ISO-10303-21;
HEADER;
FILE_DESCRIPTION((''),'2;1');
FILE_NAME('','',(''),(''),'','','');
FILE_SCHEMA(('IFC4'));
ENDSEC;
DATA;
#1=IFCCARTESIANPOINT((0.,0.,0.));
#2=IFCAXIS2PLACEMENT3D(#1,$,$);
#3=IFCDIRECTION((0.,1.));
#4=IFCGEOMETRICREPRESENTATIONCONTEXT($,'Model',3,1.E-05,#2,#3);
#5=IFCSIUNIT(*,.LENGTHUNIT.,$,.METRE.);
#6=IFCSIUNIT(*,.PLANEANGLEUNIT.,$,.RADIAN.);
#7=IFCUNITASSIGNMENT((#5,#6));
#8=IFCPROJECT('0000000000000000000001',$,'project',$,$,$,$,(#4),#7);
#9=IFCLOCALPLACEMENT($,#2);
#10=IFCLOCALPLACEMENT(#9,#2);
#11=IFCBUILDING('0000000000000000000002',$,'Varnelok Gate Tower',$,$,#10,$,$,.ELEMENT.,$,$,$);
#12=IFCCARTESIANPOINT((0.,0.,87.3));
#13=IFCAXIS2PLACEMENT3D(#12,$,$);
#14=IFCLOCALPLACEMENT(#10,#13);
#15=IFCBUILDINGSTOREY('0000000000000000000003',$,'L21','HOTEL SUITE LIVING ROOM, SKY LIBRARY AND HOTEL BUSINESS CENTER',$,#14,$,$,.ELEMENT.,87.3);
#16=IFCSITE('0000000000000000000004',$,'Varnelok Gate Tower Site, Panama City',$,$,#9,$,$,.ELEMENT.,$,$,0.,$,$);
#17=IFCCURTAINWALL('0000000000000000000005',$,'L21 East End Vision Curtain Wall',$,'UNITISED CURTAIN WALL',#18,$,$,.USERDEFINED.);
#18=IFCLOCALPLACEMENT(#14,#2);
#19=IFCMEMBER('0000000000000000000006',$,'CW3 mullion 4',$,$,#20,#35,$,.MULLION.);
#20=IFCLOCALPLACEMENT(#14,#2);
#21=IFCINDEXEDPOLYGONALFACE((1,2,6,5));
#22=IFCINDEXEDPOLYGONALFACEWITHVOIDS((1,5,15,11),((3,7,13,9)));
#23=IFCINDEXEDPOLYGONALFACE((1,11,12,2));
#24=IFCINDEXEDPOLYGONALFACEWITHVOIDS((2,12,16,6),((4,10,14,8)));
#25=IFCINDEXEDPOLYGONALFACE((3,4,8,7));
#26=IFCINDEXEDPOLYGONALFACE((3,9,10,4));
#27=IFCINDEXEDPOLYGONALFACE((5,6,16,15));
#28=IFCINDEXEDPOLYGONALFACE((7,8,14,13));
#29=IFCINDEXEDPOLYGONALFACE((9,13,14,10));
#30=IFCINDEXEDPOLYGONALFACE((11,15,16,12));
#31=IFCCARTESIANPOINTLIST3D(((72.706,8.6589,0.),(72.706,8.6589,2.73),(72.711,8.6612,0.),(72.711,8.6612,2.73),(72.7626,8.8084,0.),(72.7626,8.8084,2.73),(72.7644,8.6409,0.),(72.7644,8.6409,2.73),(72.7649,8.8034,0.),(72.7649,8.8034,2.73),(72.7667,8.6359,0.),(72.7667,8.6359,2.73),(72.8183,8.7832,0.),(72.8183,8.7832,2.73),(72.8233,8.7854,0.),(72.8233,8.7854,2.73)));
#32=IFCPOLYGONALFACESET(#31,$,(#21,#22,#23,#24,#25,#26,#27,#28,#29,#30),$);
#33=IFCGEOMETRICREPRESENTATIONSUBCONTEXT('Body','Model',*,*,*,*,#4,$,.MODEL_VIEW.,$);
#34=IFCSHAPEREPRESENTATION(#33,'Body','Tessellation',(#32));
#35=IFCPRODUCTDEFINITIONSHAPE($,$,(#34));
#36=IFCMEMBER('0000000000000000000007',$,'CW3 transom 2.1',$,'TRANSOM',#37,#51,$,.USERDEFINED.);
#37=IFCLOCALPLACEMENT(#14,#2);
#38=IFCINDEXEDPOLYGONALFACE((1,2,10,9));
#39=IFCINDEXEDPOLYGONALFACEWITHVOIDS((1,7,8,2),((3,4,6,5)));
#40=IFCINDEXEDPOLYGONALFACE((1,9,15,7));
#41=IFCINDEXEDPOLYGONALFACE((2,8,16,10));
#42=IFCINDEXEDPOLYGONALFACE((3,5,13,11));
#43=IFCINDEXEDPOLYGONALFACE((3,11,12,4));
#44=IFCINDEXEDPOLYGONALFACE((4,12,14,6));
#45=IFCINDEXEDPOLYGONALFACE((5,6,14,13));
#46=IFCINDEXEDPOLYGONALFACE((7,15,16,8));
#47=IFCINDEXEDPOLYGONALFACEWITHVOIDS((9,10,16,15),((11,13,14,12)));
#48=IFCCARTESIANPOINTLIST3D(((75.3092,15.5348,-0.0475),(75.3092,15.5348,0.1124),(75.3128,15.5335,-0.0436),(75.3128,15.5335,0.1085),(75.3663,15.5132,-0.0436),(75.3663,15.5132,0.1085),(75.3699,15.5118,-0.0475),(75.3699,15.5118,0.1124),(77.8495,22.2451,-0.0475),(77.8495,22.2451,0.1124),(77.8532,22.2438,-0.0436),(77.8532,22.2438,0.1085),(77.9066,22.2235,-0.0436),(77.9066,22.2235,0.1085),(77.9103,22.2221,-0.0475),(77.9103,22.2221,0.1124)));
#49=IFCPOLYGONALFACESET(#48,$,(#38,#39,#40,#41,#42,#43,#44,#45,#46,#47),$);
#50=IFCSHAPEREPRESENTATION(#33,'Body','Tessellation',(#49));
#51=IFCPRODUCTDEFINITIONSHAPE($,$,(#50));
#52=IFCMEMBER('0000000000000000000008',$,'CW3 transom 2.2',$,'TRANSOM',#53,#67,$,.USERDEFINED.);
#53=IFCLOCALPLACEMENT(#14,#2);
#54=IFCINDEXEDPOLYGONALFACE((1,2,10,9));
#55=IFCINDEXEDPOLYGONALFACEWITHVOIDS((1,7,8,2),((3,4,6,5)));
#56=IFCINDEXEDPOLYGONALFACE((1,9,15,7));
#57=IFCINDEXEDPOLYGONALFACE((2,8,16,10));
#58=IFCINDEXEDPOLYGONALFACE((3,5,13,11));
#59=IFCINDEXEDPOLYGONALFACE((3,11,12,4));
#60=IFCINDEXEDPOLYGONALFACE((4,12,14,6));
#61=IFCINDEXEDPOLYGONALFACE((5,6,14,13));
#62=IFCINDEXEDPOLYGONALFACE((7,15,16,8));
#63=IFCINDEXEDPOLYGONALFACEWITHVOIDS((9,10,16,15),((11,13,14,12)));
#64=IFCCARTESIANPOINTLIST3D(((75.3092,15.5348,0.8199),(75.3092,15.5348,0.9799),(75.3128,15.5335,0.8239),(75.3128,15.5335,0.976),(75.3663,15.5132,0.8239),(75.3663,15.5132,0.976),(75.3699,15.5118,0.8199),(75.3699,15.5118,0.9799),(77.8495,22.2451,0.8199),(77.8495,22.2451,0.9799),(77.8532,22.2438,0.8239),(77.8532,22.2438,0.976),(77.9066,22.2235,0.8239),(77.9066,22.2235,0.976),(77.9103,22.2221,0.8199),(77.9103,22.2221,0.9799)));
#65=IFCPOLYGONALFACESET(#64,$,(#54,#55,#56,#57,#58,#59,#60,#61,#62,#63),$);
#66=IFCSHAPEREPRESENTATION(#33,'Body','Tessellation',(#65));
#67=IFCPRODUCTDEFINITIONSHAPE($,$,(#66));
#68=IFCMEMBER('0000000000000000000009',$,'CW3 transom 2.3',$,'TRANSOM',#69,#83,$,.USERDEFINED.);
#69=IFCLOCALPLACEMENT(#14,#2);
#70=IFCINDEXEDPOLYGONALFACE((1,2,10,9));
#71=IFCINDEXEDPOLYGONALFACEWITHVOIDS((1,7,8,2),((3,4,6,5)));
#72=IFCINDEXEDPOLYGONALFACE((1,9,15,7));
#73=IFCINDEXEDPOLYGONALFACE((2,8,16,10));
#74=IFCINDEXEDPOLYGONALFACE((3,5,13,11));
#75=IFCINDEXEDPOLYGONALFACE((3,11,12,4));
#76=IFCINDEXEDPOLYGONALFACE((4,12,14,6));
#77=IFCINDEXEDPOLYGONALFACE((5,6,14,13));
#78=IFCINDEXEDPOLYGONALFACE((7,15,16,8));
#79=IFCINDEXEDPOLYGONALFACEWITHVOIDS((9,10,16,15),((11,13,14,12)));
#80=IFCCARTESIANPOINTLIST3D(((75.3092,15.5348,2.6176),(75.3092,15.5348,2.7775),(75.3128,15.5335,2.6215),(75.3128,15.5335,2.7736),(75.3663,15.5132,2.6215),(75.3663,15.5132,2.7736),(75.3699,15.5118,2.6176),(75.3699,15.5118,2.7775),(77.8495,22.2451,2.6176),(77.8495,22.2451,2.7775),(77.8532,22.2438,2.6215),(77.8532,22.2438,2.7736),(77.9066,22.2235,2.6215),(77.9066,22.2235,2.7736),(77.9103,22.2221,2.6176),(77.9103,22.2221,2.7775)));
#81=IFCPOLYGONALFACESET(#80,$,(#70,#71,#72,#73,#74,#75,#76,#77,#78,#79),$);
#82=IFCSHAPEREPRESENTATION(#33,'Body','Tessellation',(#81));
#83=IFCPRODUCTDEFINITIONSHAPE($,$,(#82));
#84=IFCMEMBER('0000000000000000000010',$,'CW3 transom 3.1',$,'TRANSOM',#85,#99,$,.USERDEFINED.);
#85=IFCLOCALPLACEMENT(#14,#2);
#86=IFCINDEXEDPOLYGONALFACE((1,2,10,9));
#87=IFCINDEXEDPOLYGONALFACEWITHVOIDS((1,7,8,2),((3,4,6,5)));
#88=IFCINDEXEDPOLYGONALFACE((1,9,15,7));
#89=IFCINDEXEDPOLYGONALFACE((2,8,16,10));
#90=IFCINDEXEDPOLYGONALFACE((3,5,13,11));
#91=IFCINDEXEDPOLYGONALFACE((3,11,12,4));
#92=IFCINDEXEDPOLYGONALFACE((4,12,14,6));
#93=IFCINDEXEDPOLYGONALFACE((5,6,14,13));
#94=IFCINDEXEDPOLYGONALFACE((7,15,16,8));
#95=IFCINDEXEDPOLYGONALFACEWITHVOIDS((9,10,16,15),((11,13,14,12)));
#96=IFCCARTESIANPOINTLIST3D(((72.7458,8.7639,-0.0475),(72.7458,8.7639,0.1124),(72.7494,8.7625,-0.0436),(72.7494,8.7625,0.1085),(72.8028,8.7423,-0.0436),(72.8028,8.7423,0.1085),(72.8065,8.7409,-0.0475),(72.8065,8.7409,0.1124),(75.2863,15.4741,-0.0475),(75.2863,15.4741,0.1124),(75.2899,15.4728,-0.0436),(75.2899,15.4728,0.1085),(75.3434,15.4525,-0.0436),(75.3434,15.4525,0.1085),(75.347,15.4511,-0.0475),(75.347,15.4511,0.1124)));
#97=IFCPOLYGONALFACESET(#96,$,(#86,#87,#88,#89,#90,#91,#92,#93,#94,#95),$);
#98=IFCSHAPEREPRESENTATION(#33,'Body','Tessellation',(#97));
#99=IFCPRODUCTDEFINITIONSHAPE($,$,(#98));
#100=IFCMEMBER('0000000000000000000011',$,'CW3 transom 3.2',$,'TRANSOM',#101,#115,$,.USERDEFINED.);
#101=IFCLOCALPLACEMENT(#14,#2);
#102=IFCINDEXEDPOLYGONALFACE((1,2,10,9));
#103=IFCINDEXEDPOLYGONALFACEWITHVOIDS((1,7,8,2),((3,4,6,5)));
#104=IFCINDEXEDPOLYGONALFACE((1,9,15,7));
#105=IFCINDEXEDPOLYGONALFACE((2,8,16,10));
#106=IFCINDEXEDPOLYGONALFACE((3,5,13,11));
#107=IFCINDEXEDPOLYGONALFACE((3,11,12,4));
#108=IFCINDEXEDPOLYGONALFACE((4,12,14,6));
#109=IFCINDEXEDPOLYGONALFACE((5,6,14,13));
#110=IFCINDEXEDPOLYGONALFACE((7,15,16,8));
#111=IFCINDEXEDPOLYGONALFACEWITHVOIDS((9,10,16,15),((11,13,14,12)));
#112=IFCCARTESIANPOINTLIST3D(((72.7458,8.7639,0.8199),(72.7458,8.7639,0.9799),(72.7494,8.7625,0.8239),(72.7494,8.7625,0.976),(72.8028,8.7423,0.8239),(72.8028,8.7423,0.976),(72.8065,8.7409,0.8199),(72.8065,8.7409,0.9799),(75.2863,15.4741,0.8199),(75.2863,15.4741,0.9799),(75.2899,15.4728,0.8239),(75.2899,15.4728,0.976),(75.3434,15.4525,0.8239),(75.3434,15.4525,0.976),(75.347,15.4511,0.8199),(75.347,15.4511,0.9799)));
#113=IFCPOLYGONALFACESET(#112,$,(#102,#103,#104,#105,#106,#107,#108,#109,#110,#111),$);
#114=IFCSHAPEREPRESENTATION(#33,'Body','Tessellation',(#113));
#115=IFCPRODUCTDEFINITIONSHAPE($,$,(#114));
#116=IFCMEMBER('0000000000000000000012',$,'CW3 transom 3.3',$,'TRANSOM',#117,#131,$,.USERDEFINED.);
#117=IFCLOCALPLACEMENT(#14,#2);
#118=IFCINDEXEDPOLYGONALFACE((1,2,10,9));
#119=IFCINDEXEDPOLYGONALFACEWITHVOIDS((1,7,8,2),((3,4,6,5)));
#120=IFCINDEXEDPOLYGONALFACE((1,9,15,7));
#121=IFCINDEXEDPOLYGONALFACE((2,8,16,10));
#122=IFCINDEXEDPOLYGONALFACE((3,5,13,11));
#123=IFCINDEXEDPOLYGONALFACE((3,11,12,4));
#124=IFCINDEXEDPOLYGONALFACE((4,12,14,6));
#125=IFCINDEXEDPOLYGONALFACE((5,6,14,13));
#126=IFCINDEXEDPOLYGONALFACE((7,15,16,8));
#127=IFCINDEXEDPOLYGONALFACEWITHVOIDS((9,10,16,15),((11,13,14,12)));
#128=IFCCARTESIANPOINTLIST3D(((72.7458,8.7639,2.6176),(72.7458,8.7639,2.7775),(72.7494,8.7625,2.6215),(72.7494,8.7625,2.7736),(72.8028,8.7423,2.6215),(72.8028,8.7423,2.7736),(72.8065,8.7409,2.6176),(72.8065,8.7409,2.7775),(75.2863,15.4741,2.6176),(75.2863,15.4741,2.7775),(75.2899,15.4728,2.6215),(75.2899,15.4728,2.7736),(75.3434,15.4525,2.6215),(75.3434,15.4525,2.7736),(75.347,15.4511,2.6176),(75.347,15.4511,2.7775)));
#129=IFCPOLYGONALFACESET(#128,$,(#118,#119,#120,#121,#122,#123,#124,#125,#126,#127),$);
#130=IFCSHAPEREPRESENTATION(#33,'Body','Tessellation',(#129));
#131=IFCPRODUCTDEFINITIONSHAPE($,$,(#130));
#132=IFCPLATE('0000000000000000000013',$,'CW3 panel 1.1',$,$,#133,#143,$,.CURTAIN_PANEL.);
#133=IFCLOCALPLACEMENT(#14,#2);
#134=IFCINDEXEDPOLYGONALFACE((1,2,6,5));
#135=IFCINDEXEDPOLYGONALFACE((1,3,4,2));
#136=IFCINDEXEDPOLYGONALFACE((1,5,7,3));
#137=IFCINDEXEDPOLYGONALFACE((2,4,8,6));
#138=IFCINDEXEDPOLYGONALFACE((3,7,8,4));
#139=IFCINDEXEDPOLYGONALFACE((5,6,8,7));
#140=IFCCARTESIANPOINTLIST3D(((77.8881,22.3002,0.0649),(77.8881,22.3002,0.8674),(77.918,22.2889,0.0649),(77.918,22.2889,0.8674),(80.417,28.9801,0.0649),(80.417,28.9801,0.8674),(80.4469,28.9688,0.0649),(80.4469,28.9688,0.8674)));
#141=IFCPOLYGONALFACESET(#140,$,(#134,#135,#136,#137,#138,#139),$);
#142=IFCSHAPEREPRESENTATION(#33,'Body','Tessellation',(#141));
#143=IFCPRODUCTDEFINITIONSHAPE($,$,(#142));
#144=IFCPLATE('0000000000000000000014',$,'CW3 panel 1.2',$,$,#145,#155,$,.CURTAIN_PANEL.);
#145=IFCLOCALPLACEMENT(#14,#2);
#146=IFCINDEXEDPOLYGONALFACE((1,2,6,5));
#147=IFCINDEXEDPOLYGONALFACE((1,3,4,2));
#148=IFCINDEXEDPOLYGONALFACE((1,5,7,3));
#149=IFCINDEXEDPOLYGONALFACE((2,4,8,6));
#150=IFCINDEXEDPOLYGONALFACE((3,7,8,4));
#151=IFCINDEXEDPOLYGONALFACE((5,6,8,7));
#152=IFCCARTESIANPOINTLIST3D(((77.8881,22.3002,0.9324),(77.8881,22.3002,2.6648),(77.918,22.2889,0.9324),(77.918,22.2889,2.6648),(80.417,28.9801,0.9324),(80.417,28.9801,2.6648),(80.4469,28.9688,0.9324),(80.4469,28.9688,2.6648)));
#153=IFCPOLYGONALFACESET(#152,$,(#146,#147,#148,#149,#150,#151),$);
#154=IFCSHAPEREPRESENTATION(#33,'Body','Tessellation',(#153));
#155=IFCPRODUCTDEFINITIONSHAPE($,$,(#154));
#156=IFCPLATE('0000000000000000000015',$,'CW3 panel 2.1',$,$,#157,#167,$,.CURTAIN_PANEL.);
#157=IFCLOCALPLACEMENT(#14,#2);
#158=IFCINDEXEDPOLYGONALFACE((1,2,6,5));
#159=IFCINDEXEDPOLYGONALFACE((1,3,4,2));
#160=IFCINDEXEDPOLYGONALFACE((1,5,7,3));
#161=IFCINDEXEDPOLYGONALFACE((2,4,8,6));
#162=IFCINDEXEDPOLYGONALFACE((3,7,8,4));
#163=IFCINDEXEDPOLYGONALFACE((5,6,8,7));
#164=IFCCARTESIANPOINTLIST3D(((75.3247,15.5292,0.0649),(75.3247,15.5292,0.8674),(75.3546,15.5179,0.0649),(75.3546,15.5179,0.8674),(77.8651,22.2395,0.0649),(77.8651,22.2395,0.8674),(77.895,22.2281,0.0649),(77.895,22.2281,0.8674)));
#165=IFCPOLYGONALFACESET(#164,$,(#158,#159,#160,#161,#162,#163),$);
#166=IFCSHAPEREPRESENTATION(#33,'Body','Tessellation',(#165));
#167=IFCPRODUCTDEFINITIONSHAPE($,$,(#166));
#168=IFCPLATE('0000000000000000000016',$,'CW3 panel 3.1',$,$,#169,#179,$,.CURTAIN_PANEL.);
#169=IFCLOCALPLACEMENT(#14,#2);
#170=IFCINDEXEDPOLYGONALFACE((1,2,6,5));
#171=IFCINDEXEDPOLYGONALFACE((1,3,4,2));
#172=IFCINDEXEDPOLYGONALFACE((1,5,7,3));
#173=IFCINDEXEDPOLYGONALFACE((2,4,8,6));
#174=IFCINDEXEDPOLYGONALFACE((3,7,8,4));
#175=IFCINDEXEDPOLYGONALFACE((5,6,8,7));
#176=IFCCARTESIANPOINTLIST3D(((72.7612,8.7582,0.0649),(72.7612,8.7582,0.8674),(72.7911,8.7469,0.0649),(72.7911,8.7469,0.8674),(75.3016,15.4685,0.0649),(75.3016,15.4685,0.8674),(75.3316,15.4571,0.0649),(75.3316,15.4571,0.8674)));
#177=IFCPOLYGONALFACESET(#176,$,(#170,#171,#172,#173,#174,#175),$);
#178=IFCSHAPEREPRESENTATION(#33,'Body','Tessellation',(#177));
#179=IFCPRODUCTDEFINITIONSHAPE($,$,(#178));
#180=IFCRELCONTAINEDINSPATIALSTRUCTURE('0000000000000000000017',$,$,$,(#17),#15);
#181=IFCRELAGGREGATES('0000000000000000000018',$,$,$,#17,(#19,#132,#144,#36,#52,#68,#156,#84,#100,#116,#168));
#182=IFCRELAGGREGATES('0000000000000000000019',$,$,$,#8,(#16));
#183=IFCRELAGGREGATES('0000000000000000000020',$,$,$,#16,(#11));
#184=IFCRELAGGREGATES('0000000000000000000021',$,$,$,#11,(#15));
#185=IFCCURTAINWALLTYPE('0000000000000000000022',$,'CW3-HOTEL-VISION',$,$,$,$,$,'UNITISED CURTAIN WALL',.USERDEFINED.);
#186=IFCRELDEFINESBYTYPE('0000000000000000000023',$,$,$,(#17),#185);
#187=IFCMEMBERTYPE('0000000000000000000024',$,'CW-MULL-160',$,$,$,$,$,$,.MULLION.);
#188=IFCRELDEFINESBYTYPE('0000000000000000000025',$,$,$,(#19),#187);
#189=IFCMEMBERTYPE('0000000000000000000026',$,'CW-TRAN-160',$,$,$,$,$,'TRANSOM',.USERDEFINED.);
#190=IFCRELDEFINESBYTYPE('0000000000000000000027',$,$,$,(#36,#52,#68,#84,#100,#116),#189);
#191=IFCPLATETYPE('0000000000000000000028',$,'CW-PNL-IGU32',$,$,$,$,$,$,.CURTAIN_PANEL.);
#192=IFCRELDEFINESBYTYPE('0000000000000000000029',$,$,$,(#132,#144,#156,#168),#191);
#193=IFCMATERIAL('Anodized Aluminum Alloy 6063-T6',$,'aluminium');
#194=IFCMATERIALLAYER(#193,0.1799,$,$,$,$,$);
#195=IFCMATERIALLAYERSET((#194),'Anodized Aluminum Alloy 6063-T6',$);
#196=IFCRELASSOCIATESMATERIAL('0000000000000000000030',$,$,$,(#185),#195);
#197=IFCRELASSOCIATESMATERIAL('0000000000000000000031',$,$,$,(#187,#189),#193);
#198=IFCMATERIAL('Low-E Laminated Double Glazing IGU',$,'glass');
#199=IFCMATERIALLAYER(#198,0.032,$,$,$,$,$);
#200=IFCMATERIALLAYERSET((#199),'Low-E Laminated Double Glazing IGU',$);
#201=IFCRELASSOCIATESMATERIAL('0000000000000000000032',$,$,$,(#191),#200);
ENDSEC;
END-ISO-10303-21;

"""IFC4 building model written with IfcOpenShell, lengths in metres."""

from ifc_helpers import new_model, si_unit, direction, frame, origin, origin_2d, place, context, subcontext, project, spatial, rectangle, hollow_rectangle, extrude, source, transform, mapped, material, layer, layer_set, material_profile, profile_set, type_object, element, aggregate, save


model = new_model("IFC4")

# Units and contexts
model_context = context("Model", 3, precision=1e-05, world=origin(), true_north=direction((0.0, 1.0)))
body_context = subcontext(model_context, "Body", "Model", "MODEL_VIEW")
ifc_project = project(units=[si_unit("LENGTHUNIT", "METRE"), si_unit("PLANEANGLEUNIT", "RADIAN")], contexts=[model_context])

# Site, building, storey
site_placement = place(None, origin())
site = spatial("IfcSite", under=ifc_project, at=site_placement, Name="Varnelok Gate Tower Site, Panama City", CompositionType="ELEMENT", RefElevation=0.0)
building_placement = place(site_placement, origin())
building = spatial("IfcBuilding", under=site, at=building_placement, Name="Varnelok Gate Tower", CompositionType="ELEMENT")
storey_placement = place(building_placement, frame((0.0, 0.0, 87.3)))
storey = spatial("IfcBuildingStorey", under=building, at=storey_placement, Name="L21", Description="HOTEL SUITE LIVING ROOM, SKY LIBRARY AND HOTEL BUSINESS CENTER", CompositionType="ELEMENT", Elevation=87.3)

# Curtain wall, members, plates
ifc_material_1 = material(Name="Anodized Aluminum Alloy 6063-T6", Category="aluminium")
ifc_layer_1 = layer(ifc_material_1, 0.1799)
ifc_layer_set_1 = layer_set([ifc_layer_1], Name="Anodized Aluminum Alloy 6063-T6")
curtain_wall_type = type_object("IfcCurtainWallType", Name="CW3-HOTEL-VISION", ElementType="UNITISED CURTAIN WALL", PredefinedType="USERDEFINED", material=ifc_layer_set_1)
curtain_wall_placement = place(storey_placement, origin())
curtain_wall = element("IfcCurtainWall", 1, at=curtain_wall_placement, inside=storey, type_object=curtain_wall_type, Name="L21 East End Vision Curtain Wall", ObjectType="UNITISED CURTAIN WALL", PredefinedType="USERDEFINED")
ifc_material_profile_1 = material_profile(ifc_material_1, hollow_rectangle(XDim=0.0649, YDim=0.1599, WallThickness=0.0039, at=origin_2d()), Name="ALU160X65X4")
ifc_profile_set_1 = profile_set([ifc_material_profile_1], Name="Anodized Aluminum Alloy 6063-T6")
member_type_1 = type_object("IfcMemberType", Name="CW-MULL-160", PredefinedType="MULLION", material=ifc_profile_set_1)
member_1_placement = place(storey_placement, frame((72.7646, 8.7222, 0.0), z_axis=(0.0, 0.0, 1.0), x_axis=(0.935221, -0.354064, 0.0)))
member_1 = element("IfcMember", 2, at=member_1_placement, type_object=member_type_1, Name="CW3 mullion 4", PredefinedType="MULLION", context=body_context, shape_type="SweptSolid", body=[
    extrude(hollow_rectangle(XDim=0.0649, YDim=0.1599, WallThickness=0.0039, at=origin_2d()), origin(), (0.0, 0.0, 1.0), 2.73),
])
ifc_material_profile_2 = material_profile(ifc_material_1, hollow_rectangle(XDim=0.0649, YDim=0.1599, WallThickness=0.0039, at=origin_2d()), Name="ALU160X65X4")
ifc_profile_set_2 = profile_set([ifc_material_profile_2], Name="Anodized Aluminum Alloy 6063-T6")
member_type_2 = type_object("IfcMemberType", Name="CW-TRAN-160", ElementType="TRANSOM", PredefinedType="USERDEFINED", material=ifc_profile_set_2)
member_2_placement = place(storey_placement, frame((77.8799, 22.2336, 0.0325), z_axis=(-0.354049, -0.935227, 0.0), x_axis=(0.935227, -0.354049, 0.0)))
member_2 = element("IfcMember", 3, at=member_2_placement, type_object=member_type_2, Name="CW3 transom 2.1", ObjectType="TRANSOM", PredefinedType="USERDEFINED", context=body_context, shape_type="SweptSolid", body=[
    extrude(hollow_rectangle(XDim=0.0649, YDim=0.1599, WallThickness=0.0039, at=origin_2d()), origin(), (0.0, 0.0, 1.0), 7.175),
])
member_3_placement = place(storey_placement, frame((77.8799, 22.2336, 0.8999), z_axis=(-0.354049, -0.935227, 0.0), x_axis=(0.935227, -0.354049, 0.0)))
member_3 = element("IfcMember", 4, at=member_3_placement, type_object=member_type_2, Name="CW3 transom 2.2", ObjectType="TRANSOM", PredefinedType="USERDEFINED", context=body_context, shape_type="SweptSolid", body=[
    extrude(hollow_rectangle(XDim=0.0649, YDim=0.1599, WallThickness=0.0039, at=origin_2d()), origin(), (0.0, 0.0, 1.0), 7.175),
])
member_4_placement = place(storey_placement, frame((77.8799, 22.2336, 2.6975), z_axis=(-0.354049, -0.935227, 0.0), x_axis=(0.935227, -0.354049, 0.0)))
member_4 = element("IfcMember", 5, at=member_4_placement, type_object=member_type_2, Name="CW3 transom 2.3", ObjectType="TRANSOM", PredefinedType="USERDEFINED", context=body_context, shape_type="SweptSolid", body=[
    extrude(hollow_rectangle(XDim=0.0649, YDim=0.1599, WallThickness=0.0039, at=origin_2d()), origin(), (0.0, 0.0, 1.0), 7.175),
])
member_5_placement = place(storey_placement, frame((75.3167, 15.4626, 0.0325), z_axis=(-0.354079, -0.935216, 0.0), x_axis=(0.935216, -0.354079, 0.0)))
member_5 = element("IfcMember", 6, at=member_5_placement, type_object=member_type_2, Name="CW3 transom 3.1", ObjectType="TRANSOM", PredefinedType="USERDEFINED", context=body_context, shape_type="SweptSolid", body=[
    extrude(hollow_rectangle(XDim=0.0649, YDim=0.1599, WallThickness=0.0039, at=origin_2d()), origin(), (0.0, 0.0, 1.0), 7.175),
])
member_6_placement = place(storey_placement, frame((75.3167, 15.4626, 0.8999), z_axis=(-0.354079, -0.935216, 0.0), x_axis=(0.935216, -0.354079, 0.0)))
member_6 = element("IfcMember", 7, at=member_6_placement, type_object=member_type_2, Name="CW3 transom 3.2", ObjectType="TRANSOM", PredefinedType="USERDEFINED", context=body_context, shape_type="SweptSolid", body=[
    extrude(hollow_rectangle(XDim=0.0649, YDim=0.1599, WallThickness=0.0039, at=origin_2d()), origin(), (0.0, 0.0, 1.0), 7.175),
])
member_7_placement = place(storey_placement, frame((75.3167, 15.4626, 2.6975), z_axis=(-0.354079, -0.935216, 0.0), x_axis=(0.935216, -0.354079, 0.0)))
member_7 = element("IfcMember", 8, at=member_7_placement, type_object=member_type_2, Name="CW3 transom 3.3", ObjectType="TRANSOM", PredefinedType="USERDEFINED", context=body_context, shape_type="SweptSolid", body=[
    extrude(hollow_rectangle(XDim=0.0649, YDim=0.1599, WallThickness=0.0039, at=origin_2d()), origin(), (0.0, 0.0, 1.0), 7.175),
])
ifc_material_2 = material(Name="Low-E Laminated Double Glazing IGU", Category="glass")
ifc_layer_2 = layer(ifc_material_2, 0.032)
ifc_layer_set_2 = layer_set([ifc_layer_2], Name="Low-E Laminated Double Glazing IGU")
plate_type = type_object("IfcPlateType", Name="CW-PNL-IGU32", PredefinedType="CURTAIN_PANEL", material=ifc_layer_set_2)
shared_shape_1 = source(origin(), body_context, "Body", "SweptSolid", [
    extrude(rectangle(XDim=7.1426, YDim=0.032, at=origin_2d()), origin(), (0.0, 0.0, 1.0), 0.8025),
])
plate_1_placement = place(storey_placement, frame((79.1675, 25.6345, 0.0649), z_axis=(0.0, 0.0, 1.0), x_axis=(-0.354064, -0.935221, 0.0)))
plate_1 = element("IfcPlate", 9, at=plate_1_placement, type_object=plate_type, Name="CW3 panel 1.1", PredefinedType="CURTAIN_PANEL", context=body_context, shape_type="MappedRepresentation", body=[
    mapped(shared_shape_1, transform((0.0, 0.0, 0.0), scale=1.0)),
])
shared_shape_2 = source(origin(), body_context, "Body", "SweptSolid", [
    extrude(rectangle(XDim=7.1426, YDim=0.032, at=origin_2d()), origin(), (0.0, 0.0, 1.0), 1.7324),
])
plate_2_placement = place(storey_placement, frame((79.1675, 25.6345, 0.9324), z_axis=(0.0, 0.0, 1.0), x_axis=(-0.354064, -0.935221, 0.0)))
plate_2 = element("IfcPlate", 10, at=plate_2_placement, type_object=plate_type, Name="CW3 panel 1.2", PredefinedType="CURTAIN_PANEL", context=body_context, shape_type="MappedRepresentation", body=[
    mapped(shared_shape_2, transform((0.0, 0.0, 0.0), scale=1.0)),
])
shared_shape_3 = source(origin(), body_context, "Body", "SweptSolid", [
    extrude(rectangle(XDim=7.175, YDim=0.032, at=origin_2d()), origin(), (0.0, 0.0, 1.0), 0.8025),
])
plate_3_placement = place(storey_placement, frame((76.6099, 18.8787, 0.0649), z_axis=(0.0, 0.0, 1.0), x_axis=(-0.354064, -0.935221, 0.0)))
plate_3 = element("IfcPlate", 11, at=plate_3_placement, type_object=plate_type, Name="CW3 panel 2.1", PredefinedType="CURTAIN_PANEL", context=body_context, shape_type="MappedRepresentation", body=[
    mapped(shared_shape_3, transform((0.0, 0.0, 0.0), scale=1.0)),
])
plate_4_placement = place(storey_placement, frame((74.0464, 12.1077, 0.0649), z_axis=(0.0, 0.0, 1.0), x_axis=(-0.354064, -0.935221, 0.0)))
plate_4 = element("IfcPlate", 12, at=plate_4_placement, type_object=plate_type, Name="CW3 panel 3.1", PredefinedType="CURTAIN_PANEL", context=body_context, shape_type="MappedRepresentation", body=[
    mapped(shared_shape_3, transform((0.0, 0.0, 0.0), scale=1.0)),
])
aggregate(curtain_wall, [member_1, plate_1, plate_2, member_2, member_3, member_4, plate_3, member_5, member_6, member_7, plate_4])

save(model, "model.ifc")
